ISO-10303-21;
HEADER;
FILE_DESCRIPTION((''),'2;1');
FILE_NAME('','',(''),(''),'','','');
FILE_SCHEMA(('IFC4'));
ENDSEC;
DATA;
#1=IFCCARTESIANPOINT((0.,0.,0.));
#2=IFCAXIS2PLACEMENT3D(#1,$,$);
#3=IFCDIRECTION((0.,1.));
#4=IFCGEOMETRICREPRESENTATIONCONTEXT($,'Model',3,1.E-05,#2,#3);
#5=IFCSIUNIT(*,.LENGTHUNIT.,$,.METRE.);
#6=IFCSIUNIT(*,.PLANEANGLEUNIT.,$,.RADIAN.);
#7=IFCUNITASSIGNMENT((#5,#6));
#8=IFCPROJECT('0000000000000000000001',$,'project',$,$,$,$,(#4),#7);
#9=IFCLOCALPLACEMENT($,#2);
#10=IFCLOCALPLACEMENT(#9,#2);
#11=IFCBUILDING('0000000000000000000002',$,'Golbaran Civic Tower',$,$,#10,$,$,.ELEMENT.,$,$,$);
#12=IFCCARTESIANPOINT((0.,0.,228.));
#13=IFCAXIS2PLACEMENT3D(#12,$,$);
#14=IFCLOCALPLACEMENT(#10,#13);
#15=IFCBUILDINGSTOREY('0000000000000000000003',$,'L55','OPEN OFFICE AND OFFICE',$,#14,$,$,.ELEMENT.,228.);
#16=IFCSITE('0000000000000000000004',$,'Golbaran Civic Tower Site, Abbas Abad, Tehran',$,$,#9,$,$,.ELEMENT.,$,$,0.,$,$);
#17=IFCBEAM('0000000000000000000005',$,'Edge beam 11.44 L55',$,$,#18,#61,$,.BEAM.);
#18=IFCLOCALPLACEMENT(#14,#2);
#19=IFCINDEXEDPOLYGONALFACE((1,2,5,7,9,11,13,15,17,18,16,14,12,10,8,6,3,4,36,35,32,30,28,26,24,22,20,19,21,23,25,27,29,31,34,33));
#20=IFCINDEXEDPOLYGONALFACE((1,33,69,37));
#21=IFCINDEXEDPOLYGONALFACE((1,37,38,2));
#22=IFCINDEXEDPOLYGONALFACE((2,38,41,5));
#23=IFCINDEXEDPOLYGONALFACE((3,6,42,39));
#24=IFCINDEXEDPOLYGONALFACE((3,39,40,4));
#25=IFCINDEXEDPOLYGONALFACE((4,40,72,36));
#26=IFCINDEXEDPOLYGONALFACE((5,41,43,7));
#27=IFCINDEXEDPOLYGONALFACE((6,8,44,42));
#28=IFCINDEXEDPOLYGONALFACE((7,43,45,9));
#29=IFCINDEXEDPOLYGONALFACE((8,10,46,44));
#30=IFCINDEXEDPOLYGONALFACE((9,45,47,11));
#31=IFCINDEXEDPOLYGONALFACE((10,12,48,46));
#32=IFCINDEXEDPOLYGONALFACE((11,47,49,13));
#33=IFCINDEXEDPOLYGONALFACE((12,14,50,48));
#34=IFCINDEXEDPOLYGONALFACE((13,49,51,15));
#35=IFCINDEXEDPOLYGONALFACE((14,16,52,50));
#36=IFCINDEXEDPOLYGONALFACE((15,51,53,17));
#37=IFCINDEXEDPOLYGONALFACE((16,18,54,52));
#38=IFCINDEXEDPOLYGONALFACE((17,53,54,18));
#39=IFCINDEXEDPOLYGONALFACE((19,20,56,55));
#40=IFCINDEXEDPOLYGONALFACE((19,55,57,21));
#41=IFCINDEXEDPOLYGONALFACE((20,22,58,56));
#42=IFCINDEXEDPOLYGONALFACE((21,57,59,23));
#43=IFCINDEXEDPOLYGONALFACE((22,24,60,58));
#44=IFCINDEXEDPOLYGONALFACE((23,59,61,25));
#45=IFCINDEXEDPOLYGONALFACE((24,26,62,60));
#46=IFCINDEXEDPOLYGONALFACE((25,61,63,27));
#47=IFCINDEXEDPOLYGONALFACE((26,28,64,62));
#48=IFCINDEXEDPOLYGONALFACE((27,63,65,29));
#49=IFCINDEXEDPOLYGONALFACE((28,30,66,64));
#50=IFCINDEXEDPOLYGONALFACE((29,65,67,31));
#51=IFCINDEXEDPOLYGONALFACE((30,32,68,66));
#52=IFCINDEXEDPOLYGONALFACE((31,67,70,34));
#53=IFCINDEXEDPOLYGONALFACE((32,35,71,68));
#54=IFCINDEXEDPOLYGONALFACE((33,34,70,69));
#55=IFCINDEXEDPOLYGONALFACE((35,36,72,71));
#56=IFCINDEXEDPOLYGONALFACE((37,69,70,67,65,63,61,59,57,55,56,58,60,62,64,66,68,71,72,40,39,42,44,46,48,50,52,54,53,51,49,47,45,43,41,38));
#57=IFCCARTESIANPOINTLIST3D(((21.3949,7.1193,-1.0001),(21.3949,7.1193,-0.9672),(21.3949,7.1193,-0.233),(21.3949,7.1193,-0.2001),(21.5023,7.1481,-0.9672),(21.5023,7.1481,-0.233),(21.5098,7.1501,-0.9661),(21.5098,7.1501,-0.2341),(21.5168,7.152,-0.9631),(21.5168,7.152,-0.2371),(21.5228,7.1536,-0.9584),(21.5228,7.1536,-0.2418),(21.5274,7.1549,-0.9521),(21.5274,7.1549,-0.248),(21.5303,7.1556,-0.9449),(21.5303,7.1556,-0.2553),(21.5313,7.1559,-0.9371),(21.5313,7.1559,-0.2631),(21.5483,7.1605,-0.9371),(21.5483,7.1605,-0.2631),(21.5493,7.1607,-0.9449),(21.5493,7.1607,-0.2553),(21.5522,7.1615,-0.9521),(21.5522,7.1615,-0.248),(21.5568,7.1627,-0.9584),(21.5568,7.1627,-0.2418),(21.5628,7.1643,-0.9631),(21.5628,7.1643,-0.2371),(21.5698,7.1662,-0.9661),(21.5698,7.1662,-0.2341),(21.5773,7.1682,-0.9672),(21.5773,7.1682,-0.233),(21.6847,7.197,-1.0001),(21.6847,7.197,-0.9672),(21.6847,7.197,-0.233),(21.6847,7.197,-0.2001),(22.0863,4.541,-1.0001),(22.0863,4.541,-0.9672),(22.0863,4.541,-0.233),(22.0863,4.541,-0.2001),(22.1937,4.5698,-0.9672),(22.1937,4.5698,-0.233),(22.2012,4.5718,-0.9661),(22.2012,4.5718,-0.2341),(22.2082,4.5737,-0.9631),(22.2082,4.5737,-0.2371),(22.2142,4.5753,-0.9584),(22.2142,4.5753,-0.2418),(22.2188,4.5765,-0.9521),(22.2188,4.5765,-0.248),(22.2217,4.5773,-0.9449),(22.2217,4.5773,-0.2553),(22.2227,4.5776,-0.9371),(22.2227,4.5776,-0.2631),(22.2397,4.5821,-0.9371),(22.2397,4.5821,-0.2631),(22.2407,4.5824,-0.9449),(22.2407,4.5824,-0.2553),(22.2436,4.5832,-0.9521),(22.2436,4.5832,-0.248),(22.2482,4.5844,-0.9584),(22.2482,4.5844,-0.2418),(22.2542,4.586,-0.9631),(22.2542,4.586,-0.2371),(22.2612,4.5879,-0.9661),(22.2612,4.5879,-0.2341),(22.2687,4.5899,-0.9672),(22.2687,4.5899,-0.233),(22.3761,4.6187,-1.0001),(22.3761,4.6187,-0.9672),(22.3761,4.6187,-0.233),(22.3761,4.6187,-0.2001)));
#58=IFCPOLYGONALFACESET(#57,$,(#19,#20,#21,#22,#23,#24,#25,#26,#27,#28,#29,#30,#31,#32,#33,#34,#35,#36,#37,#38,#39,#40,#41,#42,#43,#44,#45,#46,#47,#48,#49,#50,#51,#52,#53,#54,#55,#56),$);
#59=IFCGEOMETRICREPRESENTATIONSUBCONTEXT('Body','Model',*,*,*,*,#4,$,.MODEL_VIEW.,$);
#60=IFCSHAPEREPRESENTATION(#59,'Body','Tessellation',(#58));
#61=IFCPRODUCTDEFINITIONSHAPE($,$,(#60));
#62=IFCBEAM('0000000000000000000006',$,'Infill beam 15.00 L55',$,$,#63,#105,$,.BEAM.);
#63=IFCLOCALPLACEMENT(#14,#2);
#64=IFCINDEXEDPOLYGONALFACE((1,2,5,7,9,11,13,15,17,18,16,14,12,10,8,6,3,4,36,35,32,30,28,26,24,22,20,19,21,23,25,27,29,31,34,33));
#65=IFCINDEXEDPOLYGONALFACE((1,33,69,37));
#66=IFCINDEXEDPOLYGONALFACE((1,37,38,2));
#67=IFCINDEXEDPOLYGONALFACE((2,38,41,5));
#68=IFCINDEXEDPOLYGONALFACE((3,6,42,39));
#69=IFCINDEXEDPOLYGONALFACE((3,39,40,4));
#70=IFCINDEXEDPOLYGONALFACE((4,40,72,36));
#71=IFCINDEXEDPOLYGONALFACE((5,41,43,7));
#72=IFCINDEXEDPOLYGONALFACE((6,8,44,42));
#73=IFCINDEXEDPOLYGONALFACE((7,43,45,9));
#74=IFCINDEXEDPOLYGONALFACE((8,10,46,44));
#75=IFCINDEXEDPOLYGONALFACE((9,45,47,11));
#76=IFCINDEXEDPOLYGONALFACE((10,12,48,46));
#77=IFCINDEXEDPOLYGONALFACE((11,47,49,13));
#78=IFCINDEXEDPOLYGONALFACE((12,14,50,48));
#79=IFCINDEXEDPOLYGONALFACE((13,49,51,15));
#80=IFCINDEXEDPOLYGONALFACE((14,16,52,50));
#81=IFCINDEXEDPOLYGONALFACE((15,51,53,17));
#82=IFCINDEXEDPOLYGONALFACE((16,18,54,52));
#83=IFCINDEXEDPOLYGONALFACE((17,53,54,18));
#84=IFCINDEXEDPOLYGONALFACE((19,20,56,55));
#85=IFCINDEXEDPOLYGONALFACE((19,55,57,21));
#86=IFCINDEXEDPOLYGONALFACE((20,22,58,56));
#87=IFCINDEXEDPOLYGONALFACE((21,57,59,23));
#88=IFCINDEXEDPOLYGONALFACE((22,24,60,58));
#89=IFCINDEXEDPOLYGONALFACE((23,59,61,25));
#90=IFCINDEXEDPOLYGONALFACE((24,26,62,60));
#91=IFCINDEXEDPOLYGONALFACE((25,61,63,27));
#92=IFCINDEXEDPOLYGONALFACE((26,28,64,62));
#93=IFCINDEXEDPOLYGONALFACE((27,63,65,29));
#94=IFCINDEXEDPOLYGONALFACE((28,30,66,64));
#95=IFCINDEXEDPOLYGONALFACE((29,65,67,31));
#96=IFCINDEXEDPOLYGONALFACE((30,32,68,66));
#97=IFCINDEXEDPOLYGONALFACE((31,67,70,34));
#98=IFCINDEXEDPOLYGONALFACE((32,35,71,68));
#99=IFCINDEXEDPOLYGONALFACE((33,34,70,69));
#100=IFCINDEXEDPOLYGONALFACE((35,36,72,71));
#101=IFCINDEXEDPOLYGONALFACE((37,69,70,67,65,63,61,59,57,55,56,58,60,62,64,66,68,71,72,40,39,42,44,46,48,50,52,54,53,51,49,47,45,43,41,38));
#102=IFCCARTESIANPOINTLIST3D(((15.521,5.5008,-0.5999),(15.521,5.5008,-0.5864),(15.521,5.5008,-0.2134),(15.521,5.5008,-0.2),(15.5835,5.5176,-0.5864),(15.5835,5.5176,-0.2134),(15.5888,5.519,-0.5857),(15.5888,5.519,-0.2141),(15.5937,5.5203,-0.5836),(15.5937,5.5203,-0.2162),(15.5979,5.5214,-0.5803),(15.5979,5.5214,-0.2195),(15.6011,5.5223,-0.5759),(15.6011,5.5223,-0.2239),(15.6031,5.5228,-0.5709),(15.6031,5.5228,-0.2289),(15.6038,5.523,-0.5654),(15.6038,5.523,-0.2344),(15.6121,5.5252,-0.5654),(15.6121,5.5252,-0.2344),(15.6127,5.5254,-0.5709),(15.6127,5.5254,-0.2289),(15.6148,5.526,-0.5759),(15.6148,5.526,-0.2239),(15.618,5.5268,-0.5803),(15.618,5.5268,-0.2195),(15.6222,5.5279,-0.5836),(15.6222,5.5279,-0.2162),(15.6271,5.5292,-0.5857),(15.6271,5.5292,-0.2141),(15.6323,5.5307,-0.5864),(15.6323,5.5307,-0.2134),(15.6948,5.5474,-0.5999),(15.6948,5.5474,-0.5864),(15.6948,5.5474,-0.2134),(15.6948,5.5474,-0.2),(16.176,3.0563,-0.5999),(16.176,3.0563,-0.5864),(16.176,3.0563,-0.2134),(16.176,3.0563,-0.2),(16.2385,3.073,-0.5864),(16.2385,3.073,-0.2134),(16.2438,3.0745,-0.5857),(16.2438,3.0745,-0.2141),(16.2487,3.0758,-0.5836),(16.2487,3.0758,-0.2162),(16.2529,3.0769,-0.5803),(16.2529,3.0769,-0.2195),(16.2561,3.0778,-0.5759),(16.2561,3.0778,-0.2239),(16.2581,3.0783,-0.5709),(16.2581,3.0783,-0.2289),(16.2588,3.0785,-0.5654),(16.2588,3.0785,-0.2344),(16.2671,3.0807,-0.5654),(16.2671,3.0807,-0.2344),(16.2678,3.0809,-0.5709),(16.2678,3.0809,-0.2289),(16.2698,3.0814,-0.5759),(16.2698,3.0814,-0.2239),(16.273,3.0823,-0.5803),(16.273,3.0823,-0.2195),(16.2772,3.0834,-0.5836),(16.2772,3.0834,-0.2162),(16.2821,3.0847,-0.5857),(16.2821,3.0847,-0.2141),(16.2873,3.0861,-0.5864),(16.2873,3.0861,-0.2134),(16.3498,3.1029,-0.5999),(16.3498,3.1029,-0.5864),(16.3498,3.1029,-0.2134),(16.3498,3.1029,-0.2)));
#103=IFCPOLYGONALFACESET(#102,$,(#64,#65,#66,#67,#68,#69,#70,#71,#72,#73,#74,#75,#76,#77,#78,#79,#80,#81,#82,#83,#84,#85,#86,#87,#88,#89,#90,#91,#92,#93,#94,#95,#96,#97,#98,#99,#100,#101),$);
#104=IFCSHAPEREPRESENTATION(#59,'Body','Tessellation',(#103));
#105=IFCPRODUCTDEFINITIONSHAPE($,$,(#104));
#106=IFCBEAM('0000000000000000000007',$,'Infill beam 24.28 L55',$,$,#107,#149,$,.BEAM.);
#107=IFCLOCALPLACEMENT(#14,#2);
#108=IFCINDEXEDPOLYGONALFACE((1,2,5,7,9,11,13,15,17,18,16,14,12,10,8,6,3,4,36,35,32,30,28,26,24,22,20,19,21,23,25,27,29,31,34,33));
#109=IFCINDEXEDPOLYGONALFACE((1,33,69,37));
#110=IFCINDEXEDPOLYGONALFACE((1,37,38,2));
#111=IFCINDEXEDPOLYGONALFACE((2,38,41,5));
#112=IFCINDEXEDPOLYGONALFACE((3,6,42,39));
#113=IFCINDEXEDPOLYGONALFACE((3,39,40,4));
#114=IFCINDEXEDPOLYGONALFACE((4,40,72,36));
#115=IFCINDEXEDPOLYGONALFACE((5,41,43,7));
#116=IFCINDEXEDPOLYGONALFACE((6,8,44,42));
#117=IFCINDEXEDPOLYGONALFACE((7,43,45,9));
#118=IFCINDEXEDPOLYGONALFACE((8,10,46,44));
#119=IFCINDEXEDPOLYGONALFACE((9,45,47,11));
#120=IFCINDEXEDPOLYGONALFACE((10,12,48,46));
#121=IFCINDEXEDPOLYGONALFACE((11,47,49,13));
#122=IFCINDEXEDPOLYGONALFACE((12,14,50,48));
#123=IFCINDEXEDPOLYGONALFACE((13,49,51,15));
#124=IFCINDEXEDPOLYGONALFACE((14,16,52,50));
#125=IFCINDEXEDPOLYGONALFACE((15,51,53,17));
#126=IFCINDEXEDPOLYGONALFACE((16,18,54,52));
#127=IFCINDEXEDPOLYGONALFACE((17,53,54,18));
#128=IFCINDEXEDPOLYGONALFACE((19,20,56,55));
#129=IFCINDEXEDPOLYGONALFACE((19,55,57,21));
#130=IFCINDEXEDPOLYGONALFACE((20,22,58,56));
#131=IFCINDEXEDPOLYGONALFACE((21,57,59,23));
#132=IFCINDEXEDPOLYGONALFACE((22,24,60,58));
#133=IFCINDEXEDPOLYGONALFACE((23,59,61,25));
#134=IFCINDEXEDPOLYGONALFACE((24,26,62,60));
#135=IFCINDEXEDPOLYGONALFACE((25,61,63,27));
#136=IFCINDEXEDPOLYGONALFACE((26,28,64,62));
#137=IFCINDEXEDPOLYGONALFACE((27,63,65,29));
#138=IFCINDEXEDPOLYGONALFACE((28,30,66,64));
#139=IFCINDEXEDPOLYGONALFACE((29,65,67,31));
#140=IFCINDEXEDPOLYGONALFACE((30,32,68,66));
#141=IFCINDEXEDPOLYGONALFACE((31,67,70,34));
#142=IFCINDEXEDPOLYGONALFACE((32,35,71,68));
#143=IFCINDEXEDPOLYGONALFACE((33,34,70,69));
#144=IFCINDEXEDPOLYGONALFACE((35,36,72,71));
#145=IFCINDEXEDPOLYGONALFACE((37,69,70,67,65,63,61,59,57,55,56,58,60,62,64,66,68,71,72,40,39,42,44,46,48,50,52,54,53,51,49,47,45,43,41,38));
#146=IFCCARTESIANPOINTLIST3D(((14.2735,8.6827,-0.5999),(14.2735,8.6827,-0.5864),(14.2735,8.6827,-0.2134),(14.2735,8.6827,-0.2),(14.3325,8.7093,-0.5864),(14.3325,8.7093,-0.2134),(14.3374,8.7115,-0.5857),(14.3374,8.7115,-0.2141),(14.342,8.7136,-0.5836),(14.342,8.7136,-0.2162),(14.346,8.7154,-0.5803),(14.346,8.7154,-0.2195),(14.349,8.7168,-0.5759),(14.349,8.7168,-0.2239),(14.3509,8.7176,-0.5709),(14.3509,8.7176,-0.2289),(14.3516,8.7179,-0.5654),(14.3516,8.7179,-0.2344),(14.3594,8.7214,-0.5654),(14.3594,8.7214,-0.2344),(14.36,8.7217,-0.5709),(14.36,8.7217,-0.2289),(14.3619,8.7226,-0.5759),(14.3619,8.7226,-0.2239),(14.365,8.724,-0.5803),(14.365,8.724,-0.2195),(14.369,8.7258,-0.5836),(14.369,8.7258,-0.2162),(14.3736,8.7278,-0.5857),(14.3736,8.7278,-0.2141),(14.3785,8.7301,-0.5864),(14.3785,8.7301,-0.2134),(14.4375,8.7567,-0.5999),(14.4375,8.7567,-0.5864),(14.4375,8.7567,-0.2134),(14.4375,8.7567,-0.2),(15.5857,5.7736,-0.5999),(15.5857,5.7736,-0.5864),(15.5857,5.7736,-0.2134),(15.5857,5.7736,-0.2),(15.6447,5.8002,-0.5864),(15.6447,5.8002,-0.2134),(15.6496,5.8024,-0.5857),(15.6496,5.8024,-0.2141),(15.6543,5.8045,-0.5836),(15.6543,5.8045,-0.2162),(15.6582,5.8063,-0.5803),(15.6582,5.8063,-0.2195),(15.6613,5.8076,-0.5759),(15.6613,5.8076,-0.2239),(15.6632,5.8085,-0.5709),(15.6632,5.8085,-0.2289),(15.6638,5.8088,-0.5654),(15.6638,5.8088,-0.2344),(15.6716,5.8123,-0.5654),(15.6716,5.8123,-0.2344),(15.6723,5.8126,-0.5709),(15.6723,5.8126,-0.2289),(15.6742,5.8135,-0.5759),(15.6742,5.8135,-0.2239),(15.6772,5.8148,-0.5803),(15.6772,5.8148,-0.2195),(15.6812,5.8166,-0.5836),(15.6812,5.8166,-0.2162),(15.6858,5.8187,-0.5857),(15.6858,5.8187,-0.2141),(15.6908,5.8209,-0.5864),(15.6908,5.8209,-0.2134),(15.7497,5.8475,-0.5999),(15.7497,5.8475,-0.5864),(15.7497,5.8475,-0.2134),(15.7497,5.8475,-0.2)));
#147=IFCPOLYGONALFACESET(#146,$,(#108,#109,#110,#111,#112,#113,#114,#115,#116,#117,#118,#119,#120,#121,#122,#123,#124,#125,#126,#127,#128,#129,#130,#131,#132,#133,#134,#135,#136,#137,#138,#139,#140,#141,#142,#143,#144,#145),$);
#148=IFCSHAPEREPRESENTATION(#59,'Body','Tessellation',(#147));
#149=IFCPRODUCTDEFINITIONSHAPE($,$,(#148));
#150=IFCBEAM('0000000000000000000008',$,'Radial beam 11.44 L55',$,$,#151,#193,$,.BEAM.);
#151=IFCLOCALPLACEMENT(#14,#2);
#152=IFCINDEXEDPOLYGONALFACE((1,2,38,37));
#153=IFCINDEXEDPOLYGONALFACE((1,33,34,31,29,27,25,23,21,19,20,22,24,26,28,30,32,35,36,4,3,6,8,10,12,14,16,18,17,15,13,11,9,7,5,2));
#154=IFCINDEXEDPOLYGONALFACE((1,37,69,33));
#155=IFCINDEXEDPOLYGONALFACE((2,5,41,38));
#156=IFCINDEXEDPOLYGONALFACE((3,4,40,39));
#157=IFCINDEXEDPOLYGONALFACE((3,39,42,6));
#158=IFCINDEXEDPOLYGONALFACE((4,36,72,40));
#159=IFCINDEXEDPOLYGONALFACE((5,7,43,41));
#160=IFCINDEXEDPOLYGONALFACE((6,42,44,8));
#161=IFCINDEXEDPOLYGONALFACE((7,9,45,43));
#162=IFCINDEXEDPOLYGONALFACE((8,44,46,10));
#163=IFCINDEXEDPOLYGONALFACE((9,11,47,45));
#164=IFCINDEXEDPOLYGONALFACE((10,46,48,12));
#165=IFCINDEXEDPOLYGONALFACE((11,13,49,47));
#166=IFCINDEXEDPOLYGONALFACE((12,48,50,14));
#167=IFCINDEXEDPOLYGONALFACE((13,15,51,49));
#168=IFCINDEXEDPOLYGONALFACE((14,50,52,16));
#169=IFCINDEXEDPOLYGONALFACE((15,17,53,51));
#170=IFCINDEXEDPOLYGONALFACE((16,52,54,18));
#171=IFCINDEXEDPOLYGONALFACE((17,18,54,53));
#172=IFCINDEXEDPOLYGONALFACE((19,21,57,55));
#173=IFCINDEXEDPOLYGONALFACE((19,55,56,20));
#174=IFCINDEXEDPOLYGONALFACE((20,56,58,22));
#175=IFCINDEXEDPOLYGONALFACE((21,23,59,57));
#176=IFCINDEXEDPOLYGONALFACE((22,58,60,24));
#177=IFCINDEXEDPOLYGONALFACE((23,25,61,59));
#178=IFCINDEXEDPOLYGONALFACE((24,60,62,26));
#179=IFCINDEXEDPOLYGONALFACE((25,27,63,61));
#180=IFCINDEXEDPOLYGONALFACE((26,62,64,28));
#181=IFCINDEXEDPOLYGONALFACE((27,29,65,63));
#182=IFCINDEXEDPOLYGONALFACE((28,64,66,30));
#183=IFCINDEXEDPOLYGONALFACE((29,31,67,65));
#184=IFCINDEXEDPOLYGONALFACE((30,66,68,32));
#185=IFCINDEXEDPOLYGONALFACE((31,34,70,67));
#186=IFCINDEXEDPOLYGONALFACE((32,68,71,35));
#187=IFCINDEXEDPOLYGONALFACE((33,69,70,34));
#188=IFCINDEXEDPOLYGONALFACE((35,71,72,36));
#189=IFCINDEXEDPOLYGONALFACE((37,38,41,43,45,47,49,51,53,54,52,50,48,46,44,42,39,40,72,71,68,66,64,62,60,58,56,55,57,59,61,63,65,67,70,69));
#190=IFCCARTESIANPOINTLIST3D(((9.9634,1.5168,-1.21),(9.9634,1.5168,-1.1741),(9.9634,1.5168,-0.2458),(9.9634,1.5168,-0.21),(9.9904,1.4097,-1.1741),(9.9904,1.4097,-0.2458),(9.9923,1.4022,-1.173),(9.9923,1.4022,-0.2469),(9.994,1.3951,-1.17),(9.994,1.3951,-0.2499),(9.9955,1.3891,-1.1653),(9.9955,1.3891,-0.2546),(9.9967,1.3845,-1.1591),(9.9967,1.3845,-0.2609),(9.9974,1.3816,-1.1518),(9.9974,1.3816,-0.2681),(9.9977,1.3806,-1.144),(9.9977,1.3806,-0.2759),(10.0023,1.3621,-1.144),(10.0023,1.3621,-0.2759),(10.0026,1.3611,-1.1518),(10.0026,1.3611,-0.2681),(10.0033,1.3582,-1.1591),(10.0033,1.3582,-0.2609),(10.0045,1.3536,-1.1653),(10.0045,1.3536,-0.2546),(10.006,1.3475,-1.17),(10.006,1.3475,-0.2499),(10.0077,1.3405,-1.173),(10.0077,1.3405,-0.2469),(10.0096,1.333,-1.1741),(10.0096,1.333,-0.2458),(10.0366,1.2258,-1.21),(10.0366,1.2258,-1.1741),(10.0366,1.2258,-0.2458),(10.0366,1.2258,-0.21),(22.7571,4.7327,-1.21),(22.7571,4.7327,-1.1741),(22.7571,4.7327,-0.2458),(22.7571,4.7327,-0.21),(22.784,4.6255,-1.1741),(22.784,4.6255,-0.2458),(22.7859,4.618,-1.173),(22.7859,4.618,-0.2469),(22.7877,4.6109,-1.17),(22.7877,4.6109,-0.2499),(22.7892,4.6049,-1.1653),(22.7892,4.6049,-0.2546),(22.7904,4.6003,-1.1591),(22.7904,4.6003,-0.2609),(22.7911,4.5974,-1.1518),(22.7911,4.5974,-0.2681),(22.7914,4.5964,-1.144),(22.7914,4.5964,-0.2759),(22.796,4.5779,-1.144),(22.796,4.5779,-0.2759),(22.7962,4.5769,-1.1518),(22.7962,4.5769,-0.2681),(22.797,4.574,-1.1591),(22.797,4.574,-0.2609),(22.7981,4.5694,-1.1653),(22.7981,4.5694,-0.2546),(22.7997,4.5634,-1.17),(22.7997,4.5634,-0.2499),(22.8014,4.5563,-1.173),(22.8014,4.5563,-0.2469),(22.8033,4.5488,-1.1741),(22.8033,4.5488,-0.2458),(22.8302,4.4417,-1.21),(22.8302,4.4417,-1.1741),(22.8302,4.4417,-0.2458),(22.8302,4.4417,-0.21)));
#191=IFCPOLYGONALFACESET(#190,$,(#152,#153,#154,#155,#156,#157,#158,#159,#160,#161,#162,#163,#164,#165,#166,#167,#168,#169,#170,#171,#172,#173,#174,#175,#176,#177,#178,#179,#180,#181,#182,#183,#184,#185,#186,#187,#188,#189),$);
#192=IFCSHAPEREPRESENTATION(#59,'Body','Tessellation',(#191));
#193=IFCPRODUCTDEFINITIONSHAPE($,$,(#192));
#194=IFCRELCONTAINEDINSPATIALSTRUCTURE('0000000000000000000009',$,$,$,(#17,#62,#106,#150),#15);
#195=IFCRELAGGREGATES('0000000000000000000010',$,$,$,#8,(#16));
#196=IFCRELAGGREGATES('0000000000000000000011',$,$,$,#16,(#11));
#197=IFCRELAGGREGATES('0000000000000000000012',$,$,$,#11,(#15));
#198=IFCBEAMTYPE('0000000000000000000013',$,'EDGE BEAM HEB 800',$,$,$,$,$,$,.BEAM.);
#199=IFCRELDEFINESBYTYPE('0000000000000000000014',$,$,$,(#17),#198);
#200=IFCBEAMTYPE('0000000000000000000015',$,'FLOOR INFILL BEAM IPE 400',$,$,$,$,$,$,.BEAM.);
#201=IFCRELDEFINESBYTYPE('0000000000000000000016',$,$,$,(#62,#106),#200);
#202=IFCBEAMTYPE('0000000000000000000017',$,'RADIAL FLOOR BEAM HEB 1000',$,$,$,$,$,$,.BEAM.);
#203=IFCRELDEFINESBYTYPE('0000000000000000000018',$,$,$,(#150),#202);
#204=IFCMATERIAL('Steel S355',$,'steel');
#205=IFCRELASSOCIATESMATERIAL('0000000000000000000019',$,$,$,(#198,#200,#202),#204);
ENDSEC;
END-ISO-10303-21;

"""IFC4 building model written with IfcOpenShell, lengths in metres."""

from ifc_helpers import new_model, si_unit, direction, frame, origin, origin_2d, place, context, subcontext, project, spatial, i_section, extrude, material, material_profile, profile_set, type_object, element, save


model = new_model("IFC4")

# Units and contexts
model_context = context("Model", 3, precision=1e-05, world=origin(), true_north=direction((0.0, 1.0)))
body_context = subcontext(model_context, "Body", "Model", "MODEL_VIEW")
ifc_project = project(units=[si_unit("LENGTHUNIT", "METRE"), si_unit("PLANEANGLEUNIT", "RADIAN")], contexts=[model_context])

# Site, building, storey
site_placement = place(None, origin())
site = spatial("IfcSite", under=ifc_project, at=site_placement, Name="Golbaran Civic Tower Site, Abbas Abad, Tehran", CompositionType="ELEMENT", RefElevation=0.0)
building_placement = place(site_placement, origin())
building = spatial("IfcBuilding", under=site, at=building_placement, Name="Golbaran Civic Tower", CompositionType="ELEMENT")
storey_placement = place(building_placement, frame((0.0, 0.0, 228.0)))
storey = spatial("IfcBuildingStorey", under=building, at=storey_placement, Name="L55", Description="OPEN OFFICE AND OFFICE", CompositionType="ELEMENT", Elevation=228.0)

# Beams
ifc_material_1 = material(Name="Steel S355", Category="steel")
ifc_material_profile_1 = material_profile(ifc_material_1, i_section(OverallWidth=0.3, OverallDepth=0.8, WebThickness=0.0176, FlangeThickness=0.033, FilletRadius=0.03, at=origin_2d()), Name="HEB 800")
ifc_profile_set_1 = profile_set([ifc_material_profile_1], Name="Steel S355")
beam_type_1 = type_object("IfcBeamType", Name="EDGE BEAM HEB 800", PredefinedType="BEAM", material=ifc_profile_set_1)
beam_1_placement = place(storey_placement, frame((22.2312, 4.5798, -0.6001), z_axis=(-0.259006, 0.965876, 0.0), x_axis=(-0.965876, -0.259006, 0.0)))
element("IfcBeam", 1, at=beam_1_placement, inside=storey, type_object=beam_type_1, Name="Edge beam 11.44 L55", PredefinedType="BEAM", context=body_context, shape_type="SweptSolid", body=[
    extrude(i_section(OverallWidth=0.3, OverallDepth=0.8, WebThickness=0.0176, FlangeThickness=0.033, FilletRadius=0.03, at=origin_2d()), origin(), (0.0, 0.0, 1.0), 2.6694),
])
ifc_material_profile_2 = material_profile(ifc_material_1, i_section(OverallWidth=0.1799, OverallDepth=0.3999, WebThickness=0.0085, FlangeThickness=0.0134, FilletRadius=0.021, at=origin_2d()), Name="IPE 400")
ifc_profile_set_2 = profile_set([ifc_material_profile_2], Name="Steel S355")
beam_type_2 = type_object("IfcBeamType", Name="FLOOR INFILL BEAM IPE 400", PredefinedType="BEAM", material=ifc_profile_set_2)
beam_2_placement = place(storey_placement, frame((16.2629, 3.0796, -0.3999), z_axis=(-0.258821, 0.965925, 0.0), x_axis=(-0.965925, -0.258821, 0.0)))
element("IfcBeam", 2, at=beam_2_placement, inside=storey, type_object=beam_type_2, Name="Infill beam 15.00 L55", PredefinedType="BEAM", context=body_context, shape_type="SweptSolid", body=[
    extrude(i_section(OverallWidth=0.1799, OverallDepth=0.3999, WebThickness=0.0085, FlangeThickness=0.0134, FilletRadius=0.021, at=origin_2d()), origin(), (0.0, 0.0, 1.0), 2.5308),
])
beam_3_placement = place(storey_placement, frame((15.6677, 5.8105, -0.3999), z_axis=(-0.411179, 0.911555, 0.0), x_axis=(-0.911555, -0.411179, 0.0)))
element("IfcBeam", 3, at=beam_3_placement, inside=storey, type_object=beam_type_2, Name="Infill beam 24.28 L55", PredefinedType="BEAM", context=body_context, shape_type="SweptSolid", body=[
    extrude(i_section(OverallWidth=0.1799, OverallDepth=0.3999, WebThickness=0.0085, FlangeThickness=0.0134, FilletRadius=0.021, at=origin_2d()), origin(), (0.0, 0.0, 1.0), 3.1914),
])
ifc_material_profile_3 = material_profile(ifc_material_1, i_section(OverallWidth=0.3, OverallDepth=1.0, WebThickness=0.019, FlangeThickness=0.0359, FilletRadius=0.03, at=origin_2d()), Name="HEB 1000")
ifc_profile_set_3 = profile_set([ifc_material_profile_3], Name="Steel S355")
beam_type_3 = type_object("IfcBeamType", Name="RADIAL FLOOR BEAM HEB 1000", PredefinedType="BEAM", material=ifc_profile_set_3)
beam_4_placement = place(storey_placement, frame((10.0, 1.3713, -0.71), z_axis=(0.969831, 0.243776, 0.0), x_axis=(-0.243776, 0.969831, 0.0)))
element("IfcBeam", 4, at=beam_4_placement, inside=storey, type_object=beam_type_3, Name="Radial beam 11.44 L55", PredefinedType="BEAM", context=body_context, shape_type="SweptSolid", body=[
    extrude(i_section(OverallWidth=0.3, OverallDepth=1.0, WebThickness=0.019, FlangeThickness=0.0359, FilletRadius=0.03, at=origin_2d()), origin(), (0.0, 0.0, 1.0), 13.1917),
])

save(model, "model.ifc")
